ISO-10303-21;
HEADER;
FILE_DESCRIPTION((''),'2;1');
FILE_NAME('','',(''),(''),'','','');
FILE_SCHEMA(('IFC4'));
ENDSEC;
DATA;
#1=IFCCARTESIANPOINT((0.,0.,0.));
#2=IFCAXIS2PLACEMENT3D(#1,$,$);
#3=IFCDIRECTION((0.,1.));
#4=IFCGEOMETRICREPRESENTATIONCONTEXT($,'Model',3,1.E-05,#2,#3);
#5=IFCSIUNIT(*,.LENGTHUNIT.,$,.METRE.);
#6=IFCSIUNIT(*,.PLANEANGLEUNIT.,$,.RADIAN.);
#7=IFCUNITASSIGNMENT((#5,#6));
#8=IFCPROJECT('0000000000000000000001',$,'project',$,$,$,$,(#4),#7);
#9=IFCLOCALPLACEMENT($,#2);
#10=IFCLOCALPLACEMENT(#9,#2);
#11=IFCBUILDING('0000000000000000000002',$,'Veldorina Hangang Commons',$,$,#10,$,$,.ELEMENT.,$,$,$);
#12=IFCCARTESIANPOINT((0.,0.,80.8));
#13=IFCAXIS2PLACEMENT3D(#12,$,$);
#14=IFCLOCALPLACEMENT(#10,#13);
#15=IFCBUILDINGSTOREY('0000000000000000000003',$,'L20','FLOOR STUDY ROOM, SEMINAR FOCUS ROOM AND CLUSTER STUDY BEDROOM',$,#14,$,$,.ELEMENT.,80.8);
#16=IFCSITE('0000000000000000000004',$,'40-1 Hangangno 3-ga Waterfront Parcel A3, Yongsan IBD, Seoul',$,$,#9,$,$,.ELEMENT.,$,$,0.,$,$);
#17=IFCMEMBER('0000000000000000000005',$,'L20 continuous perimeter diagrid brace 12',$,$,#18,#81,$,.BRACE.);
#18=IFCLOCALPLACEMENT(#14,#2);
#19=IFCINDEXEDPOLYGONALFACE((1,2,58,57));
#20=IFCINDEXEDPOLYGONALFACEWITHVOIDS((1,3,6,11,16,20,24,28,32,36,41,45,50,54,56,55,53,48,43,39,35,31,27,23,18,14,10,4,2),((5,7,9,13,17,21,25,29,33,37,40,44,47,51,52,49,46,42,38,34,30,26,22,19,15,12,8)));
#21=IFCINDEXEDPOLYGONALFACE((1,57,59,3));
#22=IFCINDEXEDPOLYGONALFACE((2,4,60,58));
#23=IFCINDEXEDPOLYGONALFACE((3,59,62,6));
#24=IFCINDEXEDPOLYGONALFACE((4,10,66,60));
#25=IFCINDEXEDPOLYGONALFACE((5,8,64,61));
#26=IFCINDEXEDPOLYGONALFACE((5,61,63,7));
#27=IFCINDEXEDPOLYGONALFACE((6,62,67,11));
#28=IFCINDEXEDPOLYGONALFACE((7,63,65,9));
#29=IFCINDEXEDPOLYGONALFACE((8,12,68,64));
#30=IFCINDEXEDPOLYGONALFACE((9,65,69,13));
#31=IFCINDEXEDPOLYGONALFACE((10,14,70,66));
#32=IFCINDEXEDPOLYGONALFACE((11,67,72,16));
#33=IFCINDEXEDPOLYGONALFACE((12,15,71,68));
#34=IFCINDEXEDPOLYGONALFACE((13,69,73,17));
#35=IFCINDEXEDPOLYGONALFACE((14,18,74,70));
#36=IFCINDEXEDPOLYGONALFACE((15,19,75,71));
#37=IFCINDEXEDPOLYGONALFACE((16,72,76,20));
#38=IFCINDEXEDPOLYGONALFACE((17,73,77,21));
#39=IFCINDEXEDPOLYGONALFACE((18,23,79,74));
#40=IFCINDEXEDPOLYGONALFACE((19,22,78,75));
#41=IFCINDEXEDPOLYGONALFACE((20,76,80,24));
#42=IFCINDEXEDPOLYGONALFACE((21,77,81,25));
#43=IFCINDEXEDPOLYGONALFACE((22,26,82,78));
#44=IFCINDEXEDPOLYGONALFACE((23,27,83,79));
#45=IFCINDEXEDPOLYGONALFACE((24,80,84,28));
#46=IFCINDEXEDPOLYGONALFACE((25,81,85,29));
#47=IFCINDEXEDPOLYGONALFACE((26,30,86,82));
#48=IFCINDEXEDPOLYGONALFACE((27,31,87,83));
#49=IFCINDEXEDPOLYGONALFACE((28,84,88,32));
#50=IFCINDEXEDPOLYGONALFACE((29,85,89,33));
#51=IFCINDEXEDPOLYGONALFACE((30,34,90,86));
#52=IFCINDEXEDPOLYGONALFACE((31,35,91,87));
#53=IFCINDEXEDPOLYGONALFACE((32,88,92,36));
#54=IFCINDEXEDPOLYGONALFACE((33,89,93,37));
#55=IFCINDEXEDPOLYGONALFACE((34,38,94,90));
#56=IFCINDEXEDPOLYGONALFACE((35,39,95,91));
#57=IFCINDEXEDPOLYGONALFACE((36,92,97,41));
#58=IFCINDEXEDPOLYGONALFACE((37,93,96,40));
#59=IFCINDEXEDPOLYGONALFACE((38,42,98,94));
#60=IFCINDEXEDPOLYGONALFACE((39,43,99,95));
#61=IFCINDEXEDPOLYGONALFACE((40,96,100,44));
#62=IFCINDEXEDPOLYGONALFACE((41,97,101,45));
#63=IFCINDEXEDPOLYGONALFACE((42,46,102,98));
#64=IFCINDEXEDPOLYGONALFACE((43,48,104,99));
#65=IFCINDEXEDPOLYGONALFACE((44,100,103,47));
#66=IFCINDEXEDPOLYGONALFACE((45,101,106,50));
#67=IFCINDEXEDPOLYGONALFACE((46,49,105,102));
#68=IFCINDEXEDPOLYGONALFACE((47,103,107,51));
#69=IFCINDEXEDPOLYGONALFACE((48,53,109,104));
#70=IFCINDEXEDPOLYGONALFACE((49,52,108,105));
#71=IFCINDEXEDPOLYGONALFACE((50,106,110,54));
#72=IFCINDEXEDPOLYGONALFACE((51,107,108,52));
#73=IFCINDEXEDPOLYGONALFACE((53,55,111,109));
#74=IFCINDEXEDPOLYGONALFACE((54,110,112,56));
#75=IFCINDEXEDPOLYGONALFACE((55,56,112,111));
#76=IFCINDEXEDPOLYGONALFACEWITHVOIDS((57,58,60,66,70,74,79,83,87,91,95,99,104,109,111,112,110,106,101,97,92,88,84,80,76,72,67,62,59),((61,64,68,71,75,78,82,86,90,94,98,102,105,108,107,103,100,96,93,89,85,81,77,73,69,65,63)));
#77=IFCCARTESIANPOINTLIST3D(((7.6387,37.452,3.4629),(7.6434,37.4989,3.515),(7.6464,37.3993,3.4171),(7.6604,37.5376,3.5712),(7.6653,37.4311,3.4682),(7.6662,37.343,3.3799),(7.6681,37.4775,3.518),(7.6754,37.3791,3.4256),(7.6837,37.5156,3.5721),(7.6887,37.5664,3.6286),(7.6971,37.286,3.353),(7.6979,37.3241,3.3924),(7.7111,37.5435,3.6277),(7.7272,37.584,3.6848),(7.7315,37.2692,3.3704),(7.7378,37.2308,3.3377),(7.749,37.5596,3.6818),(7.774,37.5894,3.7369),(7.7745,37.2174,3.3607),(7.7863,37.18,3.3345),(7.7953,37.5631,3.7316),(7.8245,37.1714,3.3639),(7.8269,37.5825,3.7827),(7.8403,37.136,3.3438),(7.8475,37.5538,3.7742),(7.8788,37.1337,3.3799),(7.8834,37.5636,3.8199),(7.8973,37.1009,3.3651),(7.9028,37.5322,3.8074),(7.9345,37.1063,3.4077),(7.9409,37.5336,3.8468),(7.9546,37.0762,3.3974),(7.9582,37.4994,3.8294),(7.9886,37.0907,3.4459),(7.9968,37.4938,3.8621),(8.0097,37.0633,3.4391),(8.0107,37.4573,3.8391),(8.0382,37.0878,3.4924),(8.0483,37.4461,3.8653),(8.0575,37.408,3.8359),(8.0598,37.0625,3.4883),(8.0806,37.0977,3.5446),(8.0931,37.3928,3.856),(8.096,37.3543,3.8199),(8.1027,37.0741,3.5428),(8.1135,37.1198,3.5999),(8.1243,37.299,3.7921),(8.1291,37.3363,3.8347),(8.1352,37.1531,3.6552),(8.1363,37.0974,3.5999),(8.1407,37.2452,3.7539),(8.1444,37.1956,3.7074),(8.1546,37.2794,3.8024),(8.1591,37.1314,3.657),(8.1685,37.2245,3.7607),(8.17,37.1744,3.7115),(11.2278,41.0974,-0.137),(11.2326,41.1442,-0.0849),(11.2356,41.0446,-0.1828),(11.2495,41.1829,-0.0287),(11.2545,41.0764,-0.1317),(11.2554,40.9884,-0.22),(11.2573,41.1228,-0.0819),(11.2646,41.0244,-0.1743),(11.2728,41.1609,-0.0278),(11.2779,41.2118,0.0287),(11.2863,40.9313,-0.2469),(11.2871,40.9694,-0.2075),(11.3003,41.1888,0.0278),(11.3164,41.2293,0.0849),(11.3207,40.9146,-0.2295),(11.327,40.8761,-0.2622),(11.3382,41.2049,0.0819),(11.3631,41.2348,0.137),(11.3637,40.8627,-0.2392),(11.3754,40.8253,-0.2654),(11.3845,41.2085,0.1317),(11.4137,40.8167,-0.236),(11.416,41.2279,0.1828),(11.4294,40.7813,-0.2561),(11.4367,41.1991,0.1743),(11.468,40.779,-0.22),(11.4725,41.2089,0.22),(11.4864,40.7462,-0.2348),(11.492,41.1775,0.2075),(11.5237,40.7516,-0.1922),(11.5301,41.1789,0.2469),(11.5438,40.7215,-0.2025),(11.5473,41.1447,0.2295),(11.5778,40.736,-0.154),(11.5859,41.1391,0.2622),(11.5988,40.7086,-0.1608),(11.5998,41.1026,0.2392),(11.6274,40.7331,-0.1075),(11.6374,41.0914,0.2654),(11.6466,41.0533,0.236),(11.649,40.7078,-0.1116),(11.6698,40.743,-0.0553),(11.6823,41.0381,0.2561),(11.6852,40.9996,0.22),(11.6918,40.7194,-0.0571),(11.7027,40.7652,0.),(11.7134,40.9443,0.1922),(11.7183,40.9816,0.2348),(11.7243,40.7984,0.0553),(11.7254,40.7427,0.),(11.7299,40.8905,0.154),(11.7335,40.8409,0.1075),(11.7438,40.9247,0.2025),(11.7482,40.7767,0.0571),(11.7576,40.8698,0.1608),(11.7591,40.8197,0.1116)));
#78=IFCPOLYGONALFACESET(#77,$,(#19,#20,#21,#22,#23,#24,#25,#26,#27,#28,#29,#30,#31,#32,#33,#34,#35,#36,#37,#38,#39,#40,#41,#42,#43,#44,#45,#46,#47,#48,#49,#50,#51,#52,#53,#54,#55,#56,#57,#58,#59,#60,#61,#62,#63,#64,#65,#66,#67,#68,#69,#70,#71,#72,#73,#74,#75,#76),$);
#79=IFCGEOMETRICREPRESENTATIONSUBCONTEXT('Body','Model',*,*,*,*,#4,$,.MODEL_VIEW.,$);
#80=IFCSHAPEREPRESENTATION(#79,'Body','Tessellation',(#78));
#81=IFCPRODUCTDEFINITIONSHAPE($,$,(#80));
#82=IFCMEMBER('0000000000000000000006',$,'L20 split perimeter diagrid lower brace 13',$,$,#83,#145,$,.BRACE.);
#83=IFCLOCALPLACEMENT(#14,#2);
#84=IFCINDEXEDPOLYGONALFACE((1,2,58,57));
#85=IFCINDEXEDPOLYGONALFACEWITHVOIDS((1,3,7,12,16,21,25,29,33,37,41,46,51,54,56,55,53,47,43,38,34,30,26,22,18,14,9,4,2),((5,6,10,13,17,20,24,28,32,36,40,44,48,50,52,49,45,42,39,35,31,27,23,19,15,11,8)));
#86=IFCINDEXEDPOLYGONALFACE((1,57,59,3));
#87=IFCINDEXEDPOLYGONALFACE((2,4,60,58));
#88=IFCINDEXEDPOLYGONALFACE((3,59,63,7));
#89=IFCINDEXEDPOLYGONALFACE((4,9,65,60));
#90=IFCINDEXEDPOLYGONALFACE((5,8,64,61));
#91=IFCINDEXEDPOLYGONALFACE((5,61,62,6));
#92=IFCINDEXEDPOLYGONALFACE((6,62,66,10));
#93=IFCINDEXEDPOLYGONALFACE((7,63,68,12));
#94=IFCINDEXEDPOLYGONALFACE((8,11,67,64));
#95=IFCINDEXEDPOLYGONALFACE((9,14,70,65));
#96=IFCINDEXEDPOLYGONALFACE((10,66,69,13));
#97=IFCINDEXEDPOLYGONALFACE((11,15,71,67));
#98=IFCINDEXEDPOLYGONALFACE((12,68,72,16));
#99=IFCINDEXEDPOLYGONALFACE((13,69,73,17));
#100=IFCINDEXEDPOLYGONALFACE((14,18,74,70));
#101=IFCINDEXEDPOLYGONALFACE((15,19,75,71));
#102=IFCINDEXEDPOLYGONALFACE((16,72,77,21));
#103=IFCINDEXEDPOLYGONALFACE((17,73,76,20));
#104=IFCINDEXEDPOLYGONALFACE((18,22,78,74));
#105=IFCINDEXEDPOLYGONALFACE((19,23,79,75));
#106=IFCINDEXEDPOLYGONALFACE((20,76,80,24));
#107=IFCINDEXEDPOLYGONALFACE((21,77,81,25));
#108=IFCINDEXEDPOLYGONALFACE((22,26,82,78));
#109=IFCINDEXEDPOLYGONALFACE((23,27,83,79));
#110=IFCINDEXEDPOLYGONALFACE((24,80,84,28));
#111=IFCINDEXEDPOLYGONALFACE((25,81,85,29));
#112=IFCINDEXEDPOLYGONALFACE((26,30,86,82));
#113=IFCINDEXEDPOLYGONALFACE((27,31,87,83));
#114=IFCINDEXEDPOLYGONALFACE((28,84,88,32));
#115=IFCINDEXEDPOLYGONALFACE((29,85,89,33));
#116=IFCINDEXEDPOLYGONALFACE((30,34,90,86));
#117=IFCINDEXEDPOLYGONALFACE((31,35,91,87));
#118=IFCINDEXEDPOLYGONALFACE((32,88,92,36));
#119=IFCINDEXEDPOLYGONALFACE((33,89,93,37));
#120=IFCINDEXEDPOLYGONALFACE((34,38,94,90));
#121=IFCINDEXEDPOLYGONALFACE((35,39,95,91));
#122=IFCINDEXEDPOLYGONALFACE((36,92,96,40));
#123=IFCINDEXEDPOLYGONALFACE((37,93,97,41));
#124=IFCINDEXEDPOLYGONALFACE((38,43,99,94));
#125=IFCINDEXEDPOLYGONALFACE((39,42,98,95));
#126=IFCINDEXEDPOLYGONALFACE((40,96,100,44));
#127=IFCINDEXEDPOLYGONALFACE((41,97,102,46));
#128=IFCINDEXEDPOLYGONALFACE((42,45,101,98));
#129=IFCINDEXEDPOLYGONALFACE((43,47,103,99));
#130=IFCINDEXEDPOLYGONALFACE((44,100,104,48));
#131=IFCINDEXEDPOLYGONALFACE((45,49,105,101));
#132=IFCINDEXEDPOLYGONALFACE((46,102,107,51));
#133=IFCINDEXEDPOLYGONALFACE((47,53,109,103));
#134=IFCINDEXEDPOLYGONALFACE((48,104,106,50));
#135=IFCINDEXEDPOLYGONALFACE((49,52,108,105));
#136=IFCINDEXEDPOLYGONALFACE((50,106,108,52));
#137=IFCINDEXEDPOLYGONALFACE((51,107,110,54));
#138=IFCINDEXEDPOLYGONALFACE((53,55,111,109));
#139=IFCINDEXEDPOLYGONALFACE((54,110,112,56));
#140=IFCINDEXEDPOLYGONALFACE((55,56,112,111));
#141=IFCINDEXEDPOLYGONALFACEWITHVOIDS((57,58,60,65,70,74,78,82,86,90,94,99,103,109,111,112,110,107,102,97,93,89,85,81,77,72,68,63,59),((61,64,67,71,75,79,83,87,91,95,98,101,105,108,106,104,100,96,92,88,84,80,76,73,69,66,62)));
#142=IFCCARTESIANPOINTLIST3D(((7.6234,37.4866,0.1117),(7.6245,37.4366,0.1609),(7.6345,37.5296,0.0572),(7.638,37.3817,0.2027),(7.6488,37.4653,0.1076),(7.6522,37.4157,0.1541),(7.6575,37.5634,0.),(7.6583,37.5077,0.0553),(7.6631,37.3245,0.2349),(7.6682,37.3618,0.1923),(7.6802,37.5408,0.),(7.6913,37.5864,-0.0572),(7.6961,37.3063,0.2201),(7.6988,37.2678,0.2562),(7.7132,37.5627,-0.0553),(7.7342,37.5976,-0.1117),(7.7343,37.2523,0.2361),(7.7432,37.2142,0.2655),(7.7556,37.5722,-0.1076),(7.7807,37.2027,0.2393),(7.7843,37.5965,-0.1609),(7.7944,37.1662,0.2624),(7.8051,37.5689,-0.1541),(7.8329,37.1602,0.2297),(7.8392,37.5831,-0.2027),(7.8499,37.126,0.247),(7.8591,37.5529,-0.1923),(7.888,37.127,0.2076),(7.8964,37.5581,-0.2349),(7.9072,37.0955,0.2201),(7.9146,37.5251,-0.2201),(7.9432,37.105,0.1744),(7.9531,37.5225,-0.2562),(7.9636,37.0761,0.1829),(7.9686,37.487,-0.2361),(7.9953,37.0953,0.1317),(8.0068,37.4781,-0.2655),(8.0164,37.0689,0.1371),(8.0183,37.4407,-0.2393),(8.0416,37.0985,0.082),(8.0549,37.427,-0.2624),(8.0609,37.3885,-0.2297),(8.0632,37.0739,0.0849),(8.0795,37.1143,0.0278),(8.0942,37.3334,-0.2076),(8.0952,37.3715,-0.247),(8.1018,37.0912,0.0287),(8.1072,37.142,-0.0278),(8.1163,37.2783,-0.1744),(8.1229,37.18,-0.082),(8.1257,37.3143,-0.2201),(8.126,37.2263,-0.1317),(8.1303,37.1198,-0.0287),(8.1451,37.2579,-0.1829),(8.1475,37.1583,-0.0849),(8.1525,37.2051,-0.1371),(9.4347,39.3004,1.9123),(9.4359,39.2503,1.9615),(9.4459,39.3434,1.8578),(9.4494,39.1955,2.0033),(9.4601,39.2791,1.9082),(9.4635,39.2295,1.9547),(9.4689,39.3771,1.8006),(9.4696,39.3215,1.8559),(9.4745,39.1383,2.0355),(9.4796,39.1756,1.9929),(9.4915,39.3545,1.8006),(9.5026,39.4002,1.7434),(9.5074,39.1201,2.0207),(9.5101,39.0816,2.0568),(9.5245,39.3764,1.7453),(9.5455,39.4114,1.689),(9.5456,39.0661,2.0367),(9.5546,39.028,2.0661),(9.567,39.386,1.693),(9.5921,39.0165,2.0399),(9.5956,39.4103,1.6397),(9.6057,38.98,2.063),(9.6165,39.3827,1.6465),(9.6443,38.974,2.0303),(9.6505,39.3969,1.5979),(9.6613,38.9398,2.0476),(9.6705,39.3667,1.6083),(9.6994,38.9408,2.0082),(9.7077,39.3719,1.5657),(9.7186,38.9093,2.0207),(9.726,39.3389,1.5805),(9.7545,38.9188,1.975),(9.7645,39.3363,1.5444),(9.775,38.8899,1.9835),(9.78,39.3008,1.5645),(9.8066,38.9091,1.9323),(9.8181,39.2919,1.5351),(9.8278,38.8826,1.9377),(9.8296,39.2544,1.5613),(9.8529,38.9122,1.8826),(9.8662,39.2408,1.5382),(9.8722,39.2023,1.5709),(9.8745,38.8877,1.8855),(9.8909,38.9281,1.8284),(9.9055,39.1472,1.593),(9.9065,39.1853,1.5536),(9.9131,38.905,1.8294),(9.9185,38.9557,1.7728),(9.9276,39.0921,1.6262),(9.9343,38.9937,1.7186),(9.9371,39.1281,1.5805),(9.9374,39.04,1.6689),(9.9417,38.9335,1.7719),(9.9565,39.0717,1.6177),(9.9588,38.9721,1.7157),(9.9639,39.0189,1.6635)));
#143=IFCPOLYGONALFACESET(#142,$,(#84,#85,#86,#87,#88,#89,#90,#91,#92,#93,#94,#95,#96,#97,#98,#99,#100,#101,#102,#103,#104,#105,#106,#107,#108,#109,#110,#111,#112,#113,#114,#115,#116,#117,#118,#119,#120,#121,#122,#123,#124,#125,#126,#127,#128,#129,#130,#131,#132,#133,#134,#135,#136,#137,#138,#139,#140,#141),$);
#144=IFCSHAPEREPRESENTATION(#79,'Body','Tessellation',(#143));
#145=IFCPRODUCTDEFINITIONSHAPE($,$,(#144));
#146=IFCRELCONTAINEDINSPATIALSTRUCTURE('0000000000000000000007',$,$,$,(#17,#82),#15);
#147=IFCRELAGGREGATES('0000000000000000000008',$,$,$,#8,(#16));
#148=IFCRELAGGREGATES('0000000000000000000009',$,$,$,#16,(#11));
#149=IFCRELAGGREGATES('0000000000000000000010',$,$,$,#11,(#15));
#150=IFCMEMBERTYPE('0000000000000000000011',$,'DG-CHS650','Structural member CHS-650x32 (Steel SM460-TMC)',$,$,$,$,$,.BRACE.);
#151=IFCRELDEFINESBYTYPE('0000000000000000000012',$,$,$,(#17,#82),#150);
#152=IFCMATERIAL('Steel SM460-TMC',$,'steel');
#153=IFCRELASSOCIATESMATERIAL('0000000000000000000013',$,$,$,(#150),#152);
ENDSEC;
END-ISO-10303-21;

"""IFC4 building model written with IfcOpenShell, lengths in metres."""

from ifc_helpers import new_model, si_unit, direction, frame, origin, origin_2d, place, context, subcontext, project, spatial, hollow_circle, extrude, material, material_profile, profile_set, type_object, element, save


model = new_model("IFC4")

# Units and contexts
model_context = context("Model", 3, precision=1e-05, world=origin(), true_north=direction((0.0, 1.0)))
body_context = subcontext(model_context, "Body", "Model", "MODEL_VIEW")
ifc_project = project(units=[si_unit("LENGTHUNIT", "METRE"), si_unit("PLANEANGLEUNIT", "RADIAN")], contexts=[model_context])

# Site, building, storey
site_placement = place(None, origin())
site = spatial("IfcSite", under=ifc_project, at=site_placement, Name="40-1 Hangangno 3-ga Waterfront Parcel A3, Yongsan IBD, Seoul", CompositionType="ELEMENT", RefElevation=0.0)
building_placement = place(site_placement, origin())
building = spatial("IfcBuilding", under=site, at=building_placement, Name="Veldorina Hangang Commons", CompositionType="ELEMENT")
storey_placement = place(building_placement, frame((0.0, 0.0, 80.8)))
storey = spatial("IfcBuildingStorey", under=building, at=storey_placement, Name="L20", Description="FLOOR STUDY ROOM, SEMINAR FOCUS ROOM AND CLUSTER STUDY BEDROOM", CompositionType="ELEMENT", Elevation=80.8)

# Members
ifc_material_1 = material(Name="Steel SM460-TMC", Category="steel")
ifc_material_profile_1 = material_profile(ifc_material_1, hollow_circle(Radius=0.325, WallThickness=0.032, at=origin_2d()), Name="CHS-650x32")
ifc_profile_set_1 = profile_set([ifc_material_profile_1], Name="Steel SM460-TMC")
member_type = type_object("IfcMemberType", Name="DG-CHS650", Description="Structural member CHS-650x32 (Steel SM460-TMC)", PredefinedType="BRACE", material=ifc_profile_set_1)
member_1_placement = place(storey_placement, frame((11.4939, 40.9707, 0.0), z_axis=(-0.573772, -0.582749, 0.57549), x_axis=(0.712574, -0.701597, 0.0)))
element("IfcMember", 1, at=member_1_placement, inside=storey, type_object=member_type, Name="L20 continuous perimeter diagrid brace 12", PredefinedType="BRACE", context=body_context, shape_type="SweptSolid", body=[
    extrude(hollow_circle(Radius=0.325, WallThickness=0.032, at=origin_2d()), origin(), (0.0, 0.0, 1.0), 6.2554),
])
member_2_placement = place(storey_placement, frame((7.8875, 37.3337, 0.0), z_axis=(0.578231, 0.57901, 0.574801), x_axis=(-0.707583, 0.70663, 0.0)))
element("IfcMember", 2, at=member_2_placement, inside=storey, type_object=member_type, Name="L20 split perimeter diagrid lower brace 13", PredefinedType="BRACE", context=body_context, shape_type="SweptSolid", body=[
    extrude(hollow_circle(Radius=0.325, WallThickness=0.032, at=origin_2d()), origin(), (0.0, 0.0, 1.0), 3.1326),
])

save(model, "model.ifc")
